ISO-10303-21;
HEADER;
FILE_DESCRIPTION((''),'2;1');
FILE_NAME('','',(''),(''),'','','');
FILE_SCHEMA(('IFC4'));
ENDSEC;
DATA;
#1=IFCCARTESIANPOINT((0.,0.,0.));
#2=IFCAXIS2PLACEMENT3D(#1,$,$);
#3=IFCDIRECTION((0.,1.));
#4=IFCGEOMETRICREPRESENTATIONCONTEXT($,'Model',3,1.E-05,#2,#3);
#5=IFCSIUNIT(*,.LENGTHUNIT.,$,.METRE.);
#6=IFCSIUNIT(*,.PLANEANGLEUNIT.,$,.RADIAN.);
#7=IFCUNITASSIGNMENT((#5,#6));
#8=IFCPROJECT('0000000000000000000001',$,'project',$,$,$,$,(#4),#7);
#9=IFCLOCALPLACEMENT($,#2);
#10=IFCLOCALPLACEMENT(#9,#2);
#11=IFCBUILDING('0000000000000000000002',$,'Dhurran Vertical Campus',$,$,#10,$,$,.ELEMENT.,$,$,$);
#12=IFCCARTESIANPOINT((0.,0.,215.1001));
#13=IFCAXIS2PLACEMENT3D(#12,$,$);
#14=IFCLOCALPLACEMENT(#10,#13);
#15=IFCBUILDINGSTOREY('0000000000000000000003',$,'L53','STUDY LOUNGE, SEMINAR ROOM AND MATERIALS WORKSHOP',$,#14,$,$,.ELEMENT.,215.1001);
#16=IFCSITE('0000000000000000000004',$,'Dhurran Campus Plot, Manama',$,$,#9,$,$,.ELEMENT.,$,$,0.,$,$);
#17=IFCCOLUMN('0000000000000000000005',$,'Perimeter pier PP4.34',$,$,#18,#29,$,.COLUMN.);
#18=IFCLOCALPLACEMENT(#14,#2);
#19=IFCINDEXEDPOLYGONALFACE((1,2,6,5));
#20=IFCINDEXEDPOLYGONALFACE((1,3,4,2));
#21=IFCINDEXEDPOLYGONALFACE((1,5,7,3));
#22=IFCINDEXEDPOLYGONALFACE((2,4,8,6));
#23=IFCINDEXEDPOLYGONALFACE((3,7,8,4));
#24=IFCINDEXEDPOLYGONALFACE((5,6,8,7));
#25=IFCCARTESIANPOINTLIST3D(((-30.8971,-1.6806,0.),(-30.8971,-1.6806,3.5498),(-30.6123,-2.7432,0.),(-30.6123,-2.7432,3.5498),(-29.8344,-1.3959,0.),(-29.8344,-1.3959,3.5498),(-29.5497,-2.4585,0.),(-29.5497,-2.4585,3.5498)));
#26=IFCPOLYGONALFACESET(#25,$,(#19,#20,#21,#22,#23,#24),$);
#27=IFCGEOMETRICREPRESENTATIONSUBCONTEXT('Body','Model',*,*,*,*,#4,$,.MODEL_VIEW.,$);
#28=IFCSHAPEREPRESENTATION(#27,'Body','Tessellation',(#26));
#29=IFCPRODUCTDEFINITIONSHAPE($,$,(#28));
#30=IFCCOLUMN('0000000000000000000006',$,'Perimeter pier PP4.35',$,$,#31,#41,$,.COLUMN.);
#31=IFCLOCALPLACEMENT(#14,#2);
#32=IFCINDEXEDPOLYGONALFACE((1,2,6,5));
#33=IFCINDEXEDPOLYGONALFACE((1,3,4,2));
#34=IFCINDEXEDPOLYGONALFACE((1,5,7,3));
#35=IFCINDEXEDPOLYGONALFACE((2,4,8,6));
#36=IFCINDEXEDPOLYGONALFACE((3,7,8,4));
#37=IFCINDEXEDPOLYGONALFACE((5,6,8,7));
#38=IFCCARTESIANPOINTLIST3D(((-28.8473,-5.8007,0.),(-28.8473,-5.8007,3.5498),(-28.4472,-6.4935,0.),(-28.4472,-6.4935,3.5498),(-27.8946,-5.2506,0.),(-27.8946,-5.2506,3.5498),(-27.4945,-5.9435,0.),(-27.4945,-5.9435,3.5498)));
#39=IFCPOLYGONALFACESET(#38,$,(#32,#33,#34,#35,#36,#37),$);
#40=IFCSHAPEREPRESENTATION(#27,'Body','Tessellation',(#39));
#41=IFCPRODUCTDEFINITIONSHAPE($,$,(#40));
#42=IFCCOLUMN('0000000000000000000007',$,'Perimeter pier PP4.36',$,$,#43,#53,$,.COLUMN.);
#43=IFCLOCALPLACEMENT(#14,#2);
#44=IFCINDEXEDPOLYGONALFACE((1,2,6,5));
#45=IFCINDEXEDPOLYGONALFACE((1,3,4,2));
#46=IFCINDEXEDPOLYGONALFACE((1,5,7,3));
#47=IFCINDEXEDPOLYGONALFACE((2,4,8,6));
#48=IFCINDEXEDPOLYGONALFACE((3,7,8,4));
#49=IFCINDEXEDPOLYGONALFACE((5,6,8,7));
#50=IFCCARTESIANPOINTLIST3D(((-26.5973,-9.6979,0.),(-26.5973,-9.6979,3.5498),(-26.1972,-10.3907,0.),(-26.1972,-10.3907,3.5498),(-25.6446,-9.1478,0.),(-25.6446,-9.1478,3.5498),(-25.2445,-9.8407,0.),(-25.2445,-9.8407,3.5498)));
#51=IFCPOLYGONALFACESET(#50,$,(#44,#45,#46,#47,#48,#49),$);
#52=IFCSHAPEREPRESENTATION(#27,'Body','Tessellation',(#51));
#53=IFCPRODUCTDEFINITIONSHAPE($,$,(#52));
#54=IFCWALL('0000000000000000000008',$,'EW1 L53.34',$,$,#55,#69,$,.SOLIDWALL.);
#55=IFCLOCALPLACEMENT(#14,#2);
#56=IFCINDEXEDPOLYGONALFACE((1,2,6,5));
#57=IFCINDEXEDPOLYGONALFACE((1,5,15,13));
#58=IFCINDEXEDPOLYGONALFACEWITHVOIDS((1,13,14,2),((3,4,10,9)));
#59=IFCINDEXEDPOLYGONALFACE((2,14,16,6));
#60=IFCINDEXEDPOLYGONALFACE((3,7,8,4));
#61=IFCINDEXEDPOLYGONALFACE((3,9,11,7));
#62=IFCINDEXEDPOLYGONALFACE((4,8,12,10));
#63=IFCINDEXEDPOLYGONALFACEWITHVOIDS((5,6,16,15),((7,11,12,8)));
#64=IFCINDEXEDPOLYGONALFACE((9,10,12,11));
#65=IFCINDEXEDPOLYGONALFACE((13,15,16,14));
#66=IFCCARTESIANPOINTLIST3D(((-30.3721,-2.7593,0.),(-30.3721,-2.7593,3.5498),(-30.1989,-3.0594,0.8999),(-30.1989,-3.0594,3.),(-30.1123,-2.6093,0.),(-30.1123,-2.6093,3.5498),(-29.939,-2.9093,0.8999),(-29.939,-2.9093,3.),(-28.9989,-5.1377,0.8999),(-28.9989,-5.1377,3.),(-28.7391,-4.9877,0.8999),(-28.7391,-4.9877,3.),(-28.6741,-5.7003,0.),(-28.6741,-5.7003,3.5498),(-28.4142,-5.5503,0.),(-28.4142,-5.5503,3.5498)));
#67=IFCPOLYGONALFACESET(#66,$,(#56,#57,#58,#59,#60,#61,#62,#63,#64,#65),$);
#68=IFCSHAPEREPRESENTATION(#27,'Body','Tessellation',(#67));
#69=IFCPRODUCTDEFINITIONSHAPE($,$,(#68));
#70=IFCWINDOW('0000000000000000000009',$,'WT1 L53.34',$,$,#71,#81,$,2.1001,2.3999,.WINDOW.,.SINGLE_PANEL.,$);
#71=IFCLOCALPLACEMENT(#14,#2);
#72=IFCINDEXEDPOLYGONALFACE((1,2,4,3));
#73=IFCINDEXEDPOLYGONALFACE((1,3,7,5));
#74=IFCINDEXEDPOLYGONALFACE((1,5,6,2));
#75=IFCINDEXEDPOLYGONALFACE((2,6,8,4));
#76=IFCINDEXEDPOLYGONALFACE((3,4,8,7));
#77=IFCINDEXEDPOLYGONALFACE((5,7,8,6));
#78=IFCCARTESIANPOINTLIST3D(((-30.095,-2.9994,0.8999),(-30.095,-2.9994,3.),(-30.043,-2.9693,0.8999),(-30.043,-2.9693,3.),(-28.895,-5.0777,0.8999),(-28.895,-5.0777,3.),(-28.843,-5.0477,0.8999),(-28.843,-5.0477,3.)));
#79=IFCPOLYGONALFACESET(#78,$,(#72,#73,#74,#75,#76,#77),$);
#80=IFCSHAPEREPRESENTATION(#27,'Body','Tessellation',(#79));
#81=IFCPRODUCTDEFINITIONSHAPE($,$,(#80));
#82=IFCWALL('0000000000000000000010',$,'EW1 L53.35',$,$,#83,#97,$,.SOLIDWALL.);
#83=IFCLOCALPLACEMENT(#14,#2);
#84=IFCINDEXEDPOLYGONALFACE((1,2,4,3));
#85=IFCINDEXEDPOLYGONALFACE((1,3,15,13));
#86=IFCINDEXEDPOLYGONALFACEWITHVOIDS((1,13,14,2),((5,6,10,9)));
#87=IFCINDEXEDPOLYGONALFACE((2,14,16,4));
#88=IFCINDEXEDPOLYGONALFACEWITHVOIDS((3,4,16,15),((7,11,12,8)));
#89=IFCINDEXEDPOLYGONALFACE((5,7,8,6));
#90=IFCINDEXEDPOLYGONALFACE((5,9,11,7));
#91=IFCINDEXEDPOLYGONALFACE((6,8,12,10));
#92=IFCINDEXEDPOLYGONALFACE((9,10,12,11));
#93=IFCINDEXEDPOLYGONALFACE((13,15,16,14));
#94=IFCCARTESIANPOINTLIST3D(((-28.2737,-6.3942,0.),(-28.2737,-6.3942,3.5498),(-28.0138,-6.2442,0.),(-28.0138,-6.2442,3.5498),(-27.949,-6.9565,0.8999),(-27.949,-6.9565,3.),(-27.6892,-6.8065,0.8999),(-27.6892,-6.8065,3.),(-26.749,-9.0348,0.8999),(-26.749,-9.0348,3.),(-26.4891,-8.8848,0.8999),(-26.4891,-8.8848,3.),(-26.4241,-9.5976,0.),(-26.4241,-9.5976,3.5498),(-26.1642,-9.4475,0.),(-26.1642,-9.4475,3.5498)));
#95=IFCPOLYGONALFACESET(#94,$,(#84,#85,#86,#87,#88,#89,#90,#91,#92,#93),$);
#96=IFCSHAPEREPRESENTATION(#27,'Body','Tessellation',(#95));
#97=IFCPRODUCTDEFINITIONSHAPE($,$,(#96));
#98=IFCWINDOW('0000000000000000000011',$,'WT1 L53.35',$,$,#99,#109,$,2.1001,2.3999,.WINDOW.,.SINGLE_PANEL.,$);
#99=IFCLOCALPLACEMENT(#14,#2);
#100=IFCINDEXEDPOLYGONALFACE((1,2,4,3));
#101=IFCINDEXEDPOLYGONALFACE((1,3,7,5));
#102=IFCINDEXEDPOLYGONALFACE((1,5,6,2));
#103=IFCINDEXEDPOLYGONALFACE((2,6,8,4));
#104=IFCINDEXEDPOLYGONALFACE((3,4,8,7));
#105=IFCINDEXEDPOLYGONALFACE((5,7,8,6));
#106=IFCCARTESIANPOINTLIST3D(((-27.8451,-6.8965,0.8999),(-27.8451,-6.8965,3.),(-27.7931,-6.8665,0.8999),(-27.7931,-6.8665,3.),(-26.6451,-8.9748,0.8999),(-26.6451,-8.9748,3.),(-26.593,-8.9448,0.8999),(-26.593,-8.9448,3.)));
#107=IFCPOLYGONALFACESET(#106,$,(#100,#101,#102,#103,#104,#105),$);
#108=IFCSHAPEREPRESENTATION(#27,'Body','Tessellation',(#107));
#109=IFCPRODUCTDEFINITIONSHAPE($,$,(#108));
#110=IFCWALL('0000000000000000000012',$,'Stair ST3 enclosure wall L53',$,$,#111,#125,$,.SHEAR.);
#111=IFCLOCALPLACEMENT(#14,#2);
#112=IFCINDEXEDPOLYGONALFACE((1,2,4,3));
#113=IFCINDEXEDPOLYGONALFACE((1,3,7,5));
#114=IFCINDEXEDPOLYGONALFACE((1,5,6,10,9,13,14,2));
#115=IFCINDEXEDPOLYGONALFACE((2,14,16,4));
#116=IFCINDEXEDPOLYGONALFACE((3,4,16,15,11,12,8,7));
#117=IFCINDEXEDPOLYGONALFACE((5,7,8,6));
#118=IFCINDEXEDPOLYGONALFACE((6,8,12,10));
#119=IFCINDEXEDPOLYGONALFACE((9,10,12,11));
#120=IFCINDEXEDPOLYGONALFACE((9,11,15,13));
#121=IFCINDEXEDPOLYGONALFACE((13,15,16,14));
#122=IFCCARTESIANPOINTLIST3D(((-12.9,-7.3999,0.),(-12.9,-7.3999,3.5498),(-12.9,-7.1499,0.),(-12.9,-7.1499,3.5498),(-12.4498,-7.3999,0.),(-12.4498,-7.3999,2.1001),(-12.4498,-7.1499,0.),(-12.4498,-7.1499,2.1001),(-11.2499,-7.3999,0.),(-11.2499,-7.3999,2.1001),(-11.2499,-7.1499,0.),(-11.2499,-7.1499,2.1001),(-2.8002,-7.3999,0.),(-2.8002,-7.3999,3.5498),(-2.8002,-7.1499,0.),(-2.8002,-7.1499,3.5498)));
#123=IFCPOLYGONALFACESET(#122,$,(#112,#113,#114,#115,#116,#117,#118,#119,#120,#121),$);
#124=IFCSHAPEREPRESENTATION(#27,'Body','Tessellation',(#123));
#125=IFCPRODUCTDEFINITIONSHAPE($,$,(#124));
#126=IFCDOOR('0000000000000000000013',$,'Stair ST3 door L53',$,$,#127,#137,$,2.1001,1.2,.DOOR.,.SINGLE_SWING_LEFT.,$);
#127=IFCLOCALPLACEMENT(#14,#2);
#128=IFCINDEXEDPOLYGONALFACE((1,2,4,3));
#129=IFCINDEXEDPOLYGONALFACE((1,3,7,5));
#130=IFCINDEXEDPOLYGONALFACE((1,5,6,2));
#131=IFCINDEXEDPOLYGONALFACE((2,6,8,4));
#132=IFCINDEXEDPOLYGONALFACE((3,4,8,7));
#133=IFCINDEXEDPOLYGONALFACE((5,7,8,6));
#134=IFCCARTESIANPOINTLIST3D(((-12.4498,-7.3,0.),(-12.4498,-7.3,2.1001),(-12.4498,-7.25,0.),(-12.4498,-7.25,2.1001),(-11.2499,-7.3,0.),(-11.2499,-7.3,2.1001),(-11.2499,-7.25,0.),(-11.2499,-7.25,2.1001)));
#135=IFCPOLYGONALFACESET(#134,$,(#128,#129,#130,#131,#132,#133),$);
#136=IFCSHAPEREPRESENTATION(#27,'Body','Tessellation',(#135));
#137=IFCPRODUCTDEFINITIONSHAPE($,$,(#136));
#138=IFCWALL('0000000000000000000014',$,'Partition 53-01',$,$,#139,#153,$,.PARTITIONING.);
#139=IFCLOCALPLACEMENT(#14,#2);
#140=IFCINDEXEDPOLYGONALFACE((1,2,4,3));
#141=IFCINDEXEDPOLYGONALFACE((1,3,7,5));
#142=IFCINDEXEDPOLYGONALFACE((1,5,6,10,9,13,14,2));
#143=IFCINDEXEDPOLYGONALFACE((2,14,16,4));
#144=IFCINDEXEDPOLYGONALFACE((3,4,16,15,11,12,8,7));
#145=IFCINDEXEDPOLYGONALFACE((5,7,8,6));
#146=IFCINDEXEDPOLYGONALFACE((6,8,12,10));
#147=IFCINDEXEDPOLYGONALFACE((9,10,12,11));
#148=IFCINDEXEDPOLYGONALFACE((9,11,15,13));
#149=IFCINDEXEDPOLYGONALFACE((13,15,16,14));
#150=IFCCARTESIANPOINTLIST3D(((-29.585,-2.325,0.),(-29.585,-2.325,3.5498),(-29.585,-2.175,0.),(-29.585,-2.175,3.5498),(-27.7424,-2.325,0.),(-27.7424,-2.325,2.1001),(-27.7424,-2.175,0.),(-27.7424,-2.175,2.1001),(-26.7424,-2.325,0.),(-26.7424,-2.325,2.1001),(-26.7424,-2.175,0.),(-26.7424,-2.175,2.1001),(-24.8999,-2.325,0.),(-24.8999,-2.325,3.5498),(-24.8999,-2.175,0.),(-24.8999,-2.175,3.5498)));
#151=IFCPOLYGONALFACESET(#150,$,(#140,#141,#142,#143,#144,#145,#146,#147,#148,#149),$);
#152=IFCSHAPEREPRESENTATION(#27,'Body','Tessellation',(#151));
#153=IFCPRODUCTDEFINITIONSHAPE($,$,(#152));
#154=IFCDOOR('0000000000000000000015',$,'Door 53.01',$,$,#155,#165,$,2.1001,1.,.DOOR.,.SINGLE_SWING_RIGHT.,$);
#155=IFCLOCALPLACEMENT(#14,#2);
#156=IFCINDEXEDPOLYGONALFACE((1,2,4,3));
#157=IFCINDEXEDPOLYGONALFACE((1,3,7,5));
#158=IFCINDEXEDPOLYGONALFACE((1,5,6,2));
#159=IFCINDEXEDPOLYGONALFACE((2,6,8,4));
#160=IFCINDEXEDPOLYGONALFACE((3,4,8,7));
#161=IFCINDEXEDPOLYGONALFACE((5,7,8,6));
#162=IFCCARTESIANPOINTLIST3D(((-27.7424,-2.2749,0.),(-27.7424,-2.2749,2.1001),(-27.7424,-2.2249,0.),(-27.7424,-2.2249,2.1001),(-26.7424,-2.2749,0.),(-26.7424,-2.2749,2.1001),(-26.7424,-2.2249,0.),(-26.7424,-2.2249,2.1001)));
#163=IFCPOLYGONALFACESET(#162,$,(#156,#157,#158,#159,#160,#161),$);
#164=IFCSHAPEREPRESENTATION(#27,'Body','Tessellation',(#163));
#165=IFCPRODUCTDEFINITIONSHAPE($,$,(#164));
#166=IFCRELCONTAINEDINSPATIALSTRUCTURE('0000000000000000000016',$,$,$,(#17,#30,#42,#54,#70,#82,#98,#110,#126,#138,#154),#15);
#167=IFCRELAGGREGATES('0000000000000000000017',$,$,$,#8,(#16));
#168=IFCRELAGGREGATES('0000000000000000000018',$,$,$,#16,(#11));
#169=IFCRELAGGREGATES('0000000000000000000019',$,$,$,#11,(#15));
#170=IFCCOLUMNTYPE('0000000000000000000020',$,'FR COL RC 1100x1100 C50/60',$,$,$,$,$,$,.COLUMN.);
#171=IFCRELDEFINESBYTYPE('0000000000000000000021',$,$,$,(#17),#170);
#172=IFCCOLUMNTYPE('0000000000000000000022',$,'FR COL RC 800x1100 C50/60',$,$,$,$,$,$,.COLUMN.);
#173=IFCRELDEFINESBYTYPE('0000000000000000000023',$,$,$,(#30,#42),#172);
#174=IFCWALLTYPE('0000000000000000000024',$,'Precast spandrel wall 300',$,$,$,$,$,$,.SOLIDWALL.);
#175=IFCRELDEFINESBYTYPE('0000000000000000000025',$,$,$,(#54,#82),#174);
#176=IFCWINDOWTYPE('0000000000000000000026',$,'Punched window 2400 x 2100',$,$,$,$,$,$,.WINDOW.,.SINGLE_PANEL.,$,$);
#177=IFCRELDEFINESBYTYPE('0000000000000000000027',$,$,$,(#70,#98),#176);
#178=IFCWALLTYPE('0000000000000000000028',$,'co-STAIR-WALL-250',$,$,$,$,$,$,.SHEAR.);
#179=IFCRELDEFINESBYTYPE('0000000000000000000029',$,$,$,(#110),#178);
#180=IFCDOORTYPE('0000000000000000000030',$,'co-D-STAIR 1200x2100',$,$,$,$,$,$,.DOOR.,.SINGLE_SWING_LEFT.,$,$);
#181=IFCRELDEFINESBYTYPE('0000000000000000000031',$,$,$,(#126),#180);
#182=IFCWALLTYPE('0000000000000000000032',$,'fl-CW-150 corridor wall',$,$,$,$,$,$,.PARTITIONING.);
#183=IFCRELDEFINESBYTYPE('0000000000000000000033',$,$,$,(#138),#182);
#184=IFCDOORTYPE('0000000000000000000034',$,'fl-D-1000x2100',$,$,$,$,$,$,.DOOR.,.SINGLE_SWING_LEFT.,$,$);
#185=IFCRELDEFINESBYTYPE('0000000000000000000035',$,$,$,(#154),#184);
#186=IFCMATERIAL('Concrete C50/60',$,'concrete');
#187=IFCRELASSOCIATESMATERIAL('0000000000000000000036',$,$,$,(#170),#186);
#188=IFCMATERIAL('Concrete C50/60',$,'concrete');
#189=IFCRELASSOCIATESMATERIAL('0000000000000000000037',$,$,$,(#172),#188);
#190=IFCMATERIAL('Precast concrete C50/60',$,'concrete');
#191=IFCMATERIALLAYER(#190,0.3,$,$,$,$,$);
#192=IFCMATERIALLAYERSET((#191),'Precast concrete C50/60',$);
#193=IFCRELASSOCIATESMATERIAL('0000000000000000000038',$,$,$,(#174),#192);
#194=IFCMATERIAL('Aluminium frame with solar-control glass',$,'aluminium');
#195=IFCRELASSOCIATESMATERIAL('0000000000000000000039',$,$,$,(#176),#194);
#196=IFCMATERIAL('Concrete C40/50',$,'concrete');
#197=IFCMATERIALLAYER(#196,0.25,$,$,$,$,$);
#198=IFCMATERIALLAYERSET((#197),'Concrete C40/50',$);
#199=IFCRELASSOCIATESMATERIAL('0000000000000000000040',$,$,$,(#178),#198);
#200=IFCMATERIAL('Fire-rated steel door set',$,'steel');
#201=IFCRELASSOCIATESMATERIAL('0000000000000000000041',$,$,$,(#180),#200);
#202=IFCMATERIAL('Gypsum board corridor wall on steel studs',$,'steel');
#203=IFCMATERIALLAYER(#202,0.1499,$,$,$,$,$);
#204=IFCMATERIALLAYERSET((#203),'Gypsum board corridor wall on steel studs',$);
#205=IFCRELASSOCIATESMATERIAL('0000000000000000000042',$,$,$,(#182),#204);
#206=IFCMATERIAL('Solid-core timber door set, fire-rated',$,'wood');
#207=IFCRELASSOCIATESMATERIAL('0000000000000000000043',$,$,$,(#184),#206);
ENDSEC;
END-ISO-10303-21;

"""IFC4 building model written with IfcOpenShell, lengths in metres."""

from ifc_helpers import new_model, si_unit, direction, frame, frame_2d, origin, origin_2d, place, context, subcontext, project, spatial, rectangle, extrude, material, layer, layer_set, material_profile, profile_set, type_object, element, fill, save


model = new_model("IFC4")

# Units and contexts
model_context = context("Model", 3, precision=1e-05, world=origin(), true_north=direction((0.0, 1.0)))
body_context = subcontext(model_context, "Body", "Model", "MODEL_VIEW")
ifc_project = project(units=[si_unit("LENGTHUNIT", "METRE"), si_unit("PLANEANGLEUNIT", "RADIAN")], contexts=[model_context])

# Site, building, storey
site_placement = place(None, origin())
site = spatial("IfcSite", under=ifc_project, at=site_placement, Name="Dhurran Campus Plot, Manama", CompositionType="ELEMENT", RefElevation=0.0)
building_placement = place(site_placement, origin())
building = spatial("IfcBuilding", under=site, at=building_placement, Name="Dhurran Vertical Campus", CompositionType="ELEMENT")
storey_placement = place(building_placement, frame((0.0, 0.0, 215.1001)))
storey = spatial("IfcBuildingStorey", under=building, at=storey_placement, Name="L53", Description="STUDY LOUNGE, SEMINAR ROOM AND MATERIALS WORKSHOP", CompositionType="ELEMENT", Elevation=215.1001)

# Columns
ifc_material_1 = material(Name="Concrete C50/60", Category="concrete")
ifc_material_profile_1 = material_profile(ifc_material_1, rectangle(XDim=1.1001, YDim=1.1001, at=origin_2d()), Name="RC 1100x1100")
ifc_profile_set_1 = profile_set([ifc_material_profile_1], Name="Concrete C50/60")
column_type_1 = type_object("IfcColumnType", Name="FR COL RC 1100x1100 C50/60", PredefinedType="COLUMN", material=ifc_profile_set_1)
column_placement = place(storey_placement, frame((-30.2234, -2.0696, 0.0), z_axis=(0.0, 0.0, 1.0), x_axis=(0.258819, -0.965926, 0.0)))
element("IfcColumn", 1, at=column_placement, inside=storey, type_object=column_type_1, Name="Perimeter pier PP4.34", PredefinedType="COLUMN", context=body_context, shape_type="SweptSolid", body=[
    extrude(rectangle(XDim=1.1001, YDim=1.1001, at=origin_2d()), origin(), (0.0, 0.0, 1.0), 3.5498),
])
ifc_material_2 = material(Name="Concrete C50/60", Category="concrete")
ifc_material_profile_2 = material_profile(ifc_material_2, rectangle(XDim=0.8, YDim=1.1001, at=origin_2d()), Name="RC 800x1100")
ifc_profile_set_2 = profile_set([ifc_material_profile_2], Name="Concrete C50/60")
column_type_2 = type_object("IfcColumnType", Name="FR COL RC 800x1100 C50/60", PredefinedType="COLUMN", material=ifc_profile_set_2)
for number, where, z_axis, x_axis, name in (
    (2, (-28.1709, -5.8721, 0.0), (0.0, 0.0, 1.0), (0.5, -0.866025, 0.0), "Perimeter pier PP4.35"),
    (3, (-25.9209, -9.7693, 0.0), (0.0, 0.0, 1.0), (0.5, -0.866025, 0.0), "Perimeter pier PP4.36"),
):
    element("IfcColumn", number, at=place(storey_placement, frame(where, z_axis=z_axis, x_axis=x_axis)), inside=storey, type_object=column_type_2, Name=name, PredefinedType="COLUMN", context=body_context, shape_type="SweptSolid", body=[
        extrude(rectangle(XDim=0.8, YDim=1.1001, at=origin_2d()), origin(), (0.0, 0.0, 1.0), 3.5498),
    ])

# Walls, openings, windows
ifc_material_3 = material(Name="Precast concrete C50/60", Category="concrete")
ifc_layer_1 = layer(ifc_material_3, 0.3)
ifc_layer_set_1 = layer_set([ifc_layer_1], Name="Precast concrete C50/60")
wall_type_1 = type_object("IfcWallType", Name="Precast spandrel wall 300", PredefinedType="SOLIDWALL", material=ifc_layer_set_1)
wall_1_placement = place(storey_placement, frame((-30.2422, -2.6843, 0.0), z_axis=(0.0, 0.0, 1.0), x_axis=(0.500013, -0.866018, 0.0)))
wall_1 = element("IfcWall", 4, at=wall_1_placement, inside=storey, type_object=wall_type_1, Name="EW1 L53.34", PredefinedType="SOLIDWALL", context=body_context, shape_type="SweptSolid", body=[
    extrude(rectangle(XDim=3.396, YDim=0.3, at=frame_2d((1.698, 0.0))), origin(), (0.0, 0.0, 1.0), 3.5498),
])
opening_1_placement = place(wall_1_placement, frame((0.3464, 0.0, 0.8999)))
opening_1 = element("IfcOpeningElement", 5, at=opening_1_placement, cuts=wall_1, PredefinedType="OPENING", context=body_context, shape_type="SweptSolid", body=[
    extrude(rectangle(XDim=2.3999, YDim=2.1001, at=frame_2d((1.2, 1.05))), frame((0.0, 0.1599, 0.0), z_axis=(0.0, -1.0, 0.0), x_axis=(1.0, 0.0, 0.0)), (0.0, 0.0, 1.0), 0.3201),
])
ifc_material_4 = material(Name="Aluminium frame with solar-control glass", Category="aluminium")
window_type = type_object("IfcWindowType", Name="Punched window 2400 x 2100", PartitioningType="SINGLE_PANEL", PredefinedType="WINDOW", material=ifc_material_4)
window_1_placement = place(opening_1_placement, origin())
window_1 = element("IfcWindow", 6, at=window_1_placement, inside=storey, type_object=window_type, Name="WT1 L53.34", OverallHeight=2.1001, OverallWidth=2.3999, PartitioningType="SINGLE_PANEL", PredefinedType="WINDOW", context=body_context, shape_type="SweptSolid", body=[
    extrude(rectangle(XDim=2.3999, YDim=2.1001, at=frame_2d((1.2, 1.05))), frame((0.0, 0.03, 0.0), z_axis=(0.0, -1.0, 0.0), x_axis=(1.0, 0.0, 0.0)), (0.0, 0.0, 1.0), 0.0601),
])
fill(opening_1, window_1)
wall_2_placement = place(storey_placement, frame((-28.1438, -6.3191, 0.0), z_axis=(0.0, 0.0, 1.0), x_axis=(0.500029, -0.866009, 0.0)))
wall_2 = element("IfcWall", 7, at=wall_2_placement, inside=storey, type_object=wall_type_1, Name="EW1 L53.35", PredefinedType="SOLIDWALL", context=body_context, shape_type="SweptSolid", body=[
    extrude(rectangle(XDim=3.699, YDim=0.3, at=frame_2d((1.8496, 0.0))), origin(), (0.0, 0.0, 1.0), 3.5498),
])
opening_2_placement = place(wall_2_placement, frame((0.6494, 0.0, 0.8999)))
opening_2 = element("IfcOpeningElement", 8, at=opening_2_placement, cuts=wall_2, PredefinedType="OPENING", context=body_context, shape_type="SweptSolid", body=[
    extrude(rectangle(XDim=2.3999, YDim=2.1001, at=frame_2d((1.2, 1.05))), frame((0.0, 0.1599, 0.0), z_axis=(0.0, -1.0, 0.0), x_axis=(1.0, 0.0, 0.0)), (0.0, 0.0, 1.0), 0.3201),
])
window_2_placement = place(opening_2_placement, origin())
window_2 = element("IfcWindow", 9, at=window_2_placement, inside=storey, type_object=window_type, Name="WT1 L53.35", OverallHeight=2.1001, OverallWidth=2.3999, PartitioningType="SINGLE_PANEL", PredefinedType="WINDOW", context=body_context, shape_type="SweptSolid", body=[
    extrude(rectangle(XDim=2.3999, YDim=2.1001, at=frame_2d((1.2, 1.05))), frame((0.0, 0.03, 0.0), z_axis=(0.0, -1.0, 0.0), x_axis=(1.0, 0.0, 0.0)), (0.0, 0.0, 1.0), 0.0601),
])
fill(opening_2, window_2)

# Walls, openings, doors
ifc_material_5 = material(Name="Concrete C40/50", Category="concrete")
ifc_layer_2 = layer(ifc_material_5, 0.25)
ifc_layer_set_2 = layer_set([ifc_layer_2], Name="Concrete C40/50")
wall_type_2 = type_object("IfcWallType", Name="co-STAIR-WALL-250", PredefinedType="SHEAR", material=ifc_layer_set_2)
wall_3_placement = place(storey_placement, frame((-12.8999, -7.2749, 0.0), z_axis=(0.0, 0.0, 1.0), x_axis=(1.0, 0.0, 0.0)))
wall_3 = element("IfcWall", 10, at=wall_3_placement, inside=storey, type_object=wall_type_2, Name="Stair ST3 enclosure wall L53", PredefinedType="SHEAR", context=body_context, shape_type="SweptSolid", body=[
    extrude(rectangle(XDim=10.0999, YDim=0.25, at=frame_2d((5.0498, 0.0))), origin(), (0.0, 0.0, 1.0), 3.5498),
])
opening_3_placement = place(wall_3_placement, frame((0.45, 0.0, 0.0)))
opening_3 = element("IfcOpeningElement", 11, at=opening_3_placement, cuts=wall_3, PredefinedType="OPENING", context=body_context, shape_type="SweptSolid", body=[
    extrude(rectangle(XDim=1.2, YDim=2.1001, at=frame_2d((0.6001, 1.05))), frame((0.0, 0.135, 0.0), z_axis=(0.0, -1.0, 0.0), x_axis=(1.0, 0.0, 0.0)), (0.0, 0.0, 1.0), 0.27),
])
ifc_material_6 = material(Name="Fire-rated steel door set", Category="steel")
door_type_1 = type_object("IfcDoorType", Name="co-D-STAIR 1200x2100", OperationType="SINGLE_SWING_LEFT", PredefinedType="DOOR", material=ifc_material_6)
door_1_placement = place(opening_3_placement, origin())
door_1 = element("IfcDoor", 12, at=door_1_placement, inside=storey, type_object=door_type_1, Name="Stair ST3 door L53", OperationType="SINGLE_SWING_LEFT", OverallHeight=2.1001, OverallWidth=1.2, PredefinedType="DOOR", context=body_context, shape_type="SweptSolid", body=[
    extrude(rectangle(XDim=1.2, YDim=2.1001, at=frame_2d((0.6001, 1.05))), frame((0.0, 0.0249, 0.0), z_axis=(0.0, -1.0, 0.0), x_axis=(1.0, 0.0, 0.0)), (0.0, 0.0, 1.0), 0.05),
])
fill(opening_3, door_1)
ifc_material_7 = material(Name="Gypsum board corridor wall on steel studs", Category="steel")
ifc_layer_3 = layer(ifc_material_7, 0.1499)
ifc_layer_set_3 = layer_set([ifc_layer_3], Name="Gypsum board corridor wall on steel studs")
wall_type_3 = type_object("IfcWallType", Name="fl-CW-150 corridor wall", PredefinedType="PARTITIONING", material=ifc_layer_set_3)
wall_4_placement = place(storey_placement, frame((-24.8999, -2.25, 0.0), z_axis=(0.0, 0.0, 1.0), x_axis=(-1.0, 0.0, 0.0)))
wall_4 = element("IfcWall", 13, at=wall_4_placement, inside=storey, type_object=wall_type_3, Name="Partition 53-01", PredefinedType="PARTITIONING", context=body_context, shape_type="SweptSolid", body=[
    extrude(rectangle(XDim=4.6851, YDim=0.1499, at=frame_2d((2.3425, 0.0))), origin(), (0.0, 0.0, 1.0), 3.5498),
])
opening_4_placement = place(wall_4_placement, frame((1.8425, 0.0, 0.0)))
opening_4 = element("IfcOpeningElement", 14, at=opening_4_placement, cuts=wall_4, PredefinedType="OPENING", context=body_context, shape_type="SweptSolid", body=[
    extrude(rectangle(XDim=1.0, YDim=2.1001, at=frame_2d((0.5, 1.05))), frame((0.0, 0.085, 0.0), z_axis=(0.0, -1.0, 0.0), x_axis=(1.0, 0.0, 0.0)), (0.0, 0.0, 1.0), 0.1699),
])
ifc_material_8 = material(Name="Solid-core timber door set, fire-rated", Category="wood")
door_type_2 = type_object("IfcDoorType", Name="fl-D-1000x2100", OperationType="SINGLE_SWING_LEFT", PredefinedType="DOOR", material=ifc_material_8)
door_2_placement = place(opening_4_placement, origin())
door_2 = element("IfcDoor", 15, at=door_2_placement, inside=storey, type_object=door_type_2, Name="Door 53.01", OperationType="SINGLE_SWING_RIGHT", OverallHeight=2.1001, OverallWidth=1.0, PredefinedType="DOOR", context=body_context, shape_type="SweptSolid", body=[
    extrude(rectangle(XDim=1.0, YDim=2.1001, at=frame_2d((0.5, 1.05))), frame((0.0, 0.0249, 0.0), z_axis=(0.0, -1.0, 0.0), x_axis=(1.0, 0.0, 0.0)), (0.0, 0.0, 1.0), 0.05),
])
fill(opening_4, door_2)

save(model, "model.ifc")
